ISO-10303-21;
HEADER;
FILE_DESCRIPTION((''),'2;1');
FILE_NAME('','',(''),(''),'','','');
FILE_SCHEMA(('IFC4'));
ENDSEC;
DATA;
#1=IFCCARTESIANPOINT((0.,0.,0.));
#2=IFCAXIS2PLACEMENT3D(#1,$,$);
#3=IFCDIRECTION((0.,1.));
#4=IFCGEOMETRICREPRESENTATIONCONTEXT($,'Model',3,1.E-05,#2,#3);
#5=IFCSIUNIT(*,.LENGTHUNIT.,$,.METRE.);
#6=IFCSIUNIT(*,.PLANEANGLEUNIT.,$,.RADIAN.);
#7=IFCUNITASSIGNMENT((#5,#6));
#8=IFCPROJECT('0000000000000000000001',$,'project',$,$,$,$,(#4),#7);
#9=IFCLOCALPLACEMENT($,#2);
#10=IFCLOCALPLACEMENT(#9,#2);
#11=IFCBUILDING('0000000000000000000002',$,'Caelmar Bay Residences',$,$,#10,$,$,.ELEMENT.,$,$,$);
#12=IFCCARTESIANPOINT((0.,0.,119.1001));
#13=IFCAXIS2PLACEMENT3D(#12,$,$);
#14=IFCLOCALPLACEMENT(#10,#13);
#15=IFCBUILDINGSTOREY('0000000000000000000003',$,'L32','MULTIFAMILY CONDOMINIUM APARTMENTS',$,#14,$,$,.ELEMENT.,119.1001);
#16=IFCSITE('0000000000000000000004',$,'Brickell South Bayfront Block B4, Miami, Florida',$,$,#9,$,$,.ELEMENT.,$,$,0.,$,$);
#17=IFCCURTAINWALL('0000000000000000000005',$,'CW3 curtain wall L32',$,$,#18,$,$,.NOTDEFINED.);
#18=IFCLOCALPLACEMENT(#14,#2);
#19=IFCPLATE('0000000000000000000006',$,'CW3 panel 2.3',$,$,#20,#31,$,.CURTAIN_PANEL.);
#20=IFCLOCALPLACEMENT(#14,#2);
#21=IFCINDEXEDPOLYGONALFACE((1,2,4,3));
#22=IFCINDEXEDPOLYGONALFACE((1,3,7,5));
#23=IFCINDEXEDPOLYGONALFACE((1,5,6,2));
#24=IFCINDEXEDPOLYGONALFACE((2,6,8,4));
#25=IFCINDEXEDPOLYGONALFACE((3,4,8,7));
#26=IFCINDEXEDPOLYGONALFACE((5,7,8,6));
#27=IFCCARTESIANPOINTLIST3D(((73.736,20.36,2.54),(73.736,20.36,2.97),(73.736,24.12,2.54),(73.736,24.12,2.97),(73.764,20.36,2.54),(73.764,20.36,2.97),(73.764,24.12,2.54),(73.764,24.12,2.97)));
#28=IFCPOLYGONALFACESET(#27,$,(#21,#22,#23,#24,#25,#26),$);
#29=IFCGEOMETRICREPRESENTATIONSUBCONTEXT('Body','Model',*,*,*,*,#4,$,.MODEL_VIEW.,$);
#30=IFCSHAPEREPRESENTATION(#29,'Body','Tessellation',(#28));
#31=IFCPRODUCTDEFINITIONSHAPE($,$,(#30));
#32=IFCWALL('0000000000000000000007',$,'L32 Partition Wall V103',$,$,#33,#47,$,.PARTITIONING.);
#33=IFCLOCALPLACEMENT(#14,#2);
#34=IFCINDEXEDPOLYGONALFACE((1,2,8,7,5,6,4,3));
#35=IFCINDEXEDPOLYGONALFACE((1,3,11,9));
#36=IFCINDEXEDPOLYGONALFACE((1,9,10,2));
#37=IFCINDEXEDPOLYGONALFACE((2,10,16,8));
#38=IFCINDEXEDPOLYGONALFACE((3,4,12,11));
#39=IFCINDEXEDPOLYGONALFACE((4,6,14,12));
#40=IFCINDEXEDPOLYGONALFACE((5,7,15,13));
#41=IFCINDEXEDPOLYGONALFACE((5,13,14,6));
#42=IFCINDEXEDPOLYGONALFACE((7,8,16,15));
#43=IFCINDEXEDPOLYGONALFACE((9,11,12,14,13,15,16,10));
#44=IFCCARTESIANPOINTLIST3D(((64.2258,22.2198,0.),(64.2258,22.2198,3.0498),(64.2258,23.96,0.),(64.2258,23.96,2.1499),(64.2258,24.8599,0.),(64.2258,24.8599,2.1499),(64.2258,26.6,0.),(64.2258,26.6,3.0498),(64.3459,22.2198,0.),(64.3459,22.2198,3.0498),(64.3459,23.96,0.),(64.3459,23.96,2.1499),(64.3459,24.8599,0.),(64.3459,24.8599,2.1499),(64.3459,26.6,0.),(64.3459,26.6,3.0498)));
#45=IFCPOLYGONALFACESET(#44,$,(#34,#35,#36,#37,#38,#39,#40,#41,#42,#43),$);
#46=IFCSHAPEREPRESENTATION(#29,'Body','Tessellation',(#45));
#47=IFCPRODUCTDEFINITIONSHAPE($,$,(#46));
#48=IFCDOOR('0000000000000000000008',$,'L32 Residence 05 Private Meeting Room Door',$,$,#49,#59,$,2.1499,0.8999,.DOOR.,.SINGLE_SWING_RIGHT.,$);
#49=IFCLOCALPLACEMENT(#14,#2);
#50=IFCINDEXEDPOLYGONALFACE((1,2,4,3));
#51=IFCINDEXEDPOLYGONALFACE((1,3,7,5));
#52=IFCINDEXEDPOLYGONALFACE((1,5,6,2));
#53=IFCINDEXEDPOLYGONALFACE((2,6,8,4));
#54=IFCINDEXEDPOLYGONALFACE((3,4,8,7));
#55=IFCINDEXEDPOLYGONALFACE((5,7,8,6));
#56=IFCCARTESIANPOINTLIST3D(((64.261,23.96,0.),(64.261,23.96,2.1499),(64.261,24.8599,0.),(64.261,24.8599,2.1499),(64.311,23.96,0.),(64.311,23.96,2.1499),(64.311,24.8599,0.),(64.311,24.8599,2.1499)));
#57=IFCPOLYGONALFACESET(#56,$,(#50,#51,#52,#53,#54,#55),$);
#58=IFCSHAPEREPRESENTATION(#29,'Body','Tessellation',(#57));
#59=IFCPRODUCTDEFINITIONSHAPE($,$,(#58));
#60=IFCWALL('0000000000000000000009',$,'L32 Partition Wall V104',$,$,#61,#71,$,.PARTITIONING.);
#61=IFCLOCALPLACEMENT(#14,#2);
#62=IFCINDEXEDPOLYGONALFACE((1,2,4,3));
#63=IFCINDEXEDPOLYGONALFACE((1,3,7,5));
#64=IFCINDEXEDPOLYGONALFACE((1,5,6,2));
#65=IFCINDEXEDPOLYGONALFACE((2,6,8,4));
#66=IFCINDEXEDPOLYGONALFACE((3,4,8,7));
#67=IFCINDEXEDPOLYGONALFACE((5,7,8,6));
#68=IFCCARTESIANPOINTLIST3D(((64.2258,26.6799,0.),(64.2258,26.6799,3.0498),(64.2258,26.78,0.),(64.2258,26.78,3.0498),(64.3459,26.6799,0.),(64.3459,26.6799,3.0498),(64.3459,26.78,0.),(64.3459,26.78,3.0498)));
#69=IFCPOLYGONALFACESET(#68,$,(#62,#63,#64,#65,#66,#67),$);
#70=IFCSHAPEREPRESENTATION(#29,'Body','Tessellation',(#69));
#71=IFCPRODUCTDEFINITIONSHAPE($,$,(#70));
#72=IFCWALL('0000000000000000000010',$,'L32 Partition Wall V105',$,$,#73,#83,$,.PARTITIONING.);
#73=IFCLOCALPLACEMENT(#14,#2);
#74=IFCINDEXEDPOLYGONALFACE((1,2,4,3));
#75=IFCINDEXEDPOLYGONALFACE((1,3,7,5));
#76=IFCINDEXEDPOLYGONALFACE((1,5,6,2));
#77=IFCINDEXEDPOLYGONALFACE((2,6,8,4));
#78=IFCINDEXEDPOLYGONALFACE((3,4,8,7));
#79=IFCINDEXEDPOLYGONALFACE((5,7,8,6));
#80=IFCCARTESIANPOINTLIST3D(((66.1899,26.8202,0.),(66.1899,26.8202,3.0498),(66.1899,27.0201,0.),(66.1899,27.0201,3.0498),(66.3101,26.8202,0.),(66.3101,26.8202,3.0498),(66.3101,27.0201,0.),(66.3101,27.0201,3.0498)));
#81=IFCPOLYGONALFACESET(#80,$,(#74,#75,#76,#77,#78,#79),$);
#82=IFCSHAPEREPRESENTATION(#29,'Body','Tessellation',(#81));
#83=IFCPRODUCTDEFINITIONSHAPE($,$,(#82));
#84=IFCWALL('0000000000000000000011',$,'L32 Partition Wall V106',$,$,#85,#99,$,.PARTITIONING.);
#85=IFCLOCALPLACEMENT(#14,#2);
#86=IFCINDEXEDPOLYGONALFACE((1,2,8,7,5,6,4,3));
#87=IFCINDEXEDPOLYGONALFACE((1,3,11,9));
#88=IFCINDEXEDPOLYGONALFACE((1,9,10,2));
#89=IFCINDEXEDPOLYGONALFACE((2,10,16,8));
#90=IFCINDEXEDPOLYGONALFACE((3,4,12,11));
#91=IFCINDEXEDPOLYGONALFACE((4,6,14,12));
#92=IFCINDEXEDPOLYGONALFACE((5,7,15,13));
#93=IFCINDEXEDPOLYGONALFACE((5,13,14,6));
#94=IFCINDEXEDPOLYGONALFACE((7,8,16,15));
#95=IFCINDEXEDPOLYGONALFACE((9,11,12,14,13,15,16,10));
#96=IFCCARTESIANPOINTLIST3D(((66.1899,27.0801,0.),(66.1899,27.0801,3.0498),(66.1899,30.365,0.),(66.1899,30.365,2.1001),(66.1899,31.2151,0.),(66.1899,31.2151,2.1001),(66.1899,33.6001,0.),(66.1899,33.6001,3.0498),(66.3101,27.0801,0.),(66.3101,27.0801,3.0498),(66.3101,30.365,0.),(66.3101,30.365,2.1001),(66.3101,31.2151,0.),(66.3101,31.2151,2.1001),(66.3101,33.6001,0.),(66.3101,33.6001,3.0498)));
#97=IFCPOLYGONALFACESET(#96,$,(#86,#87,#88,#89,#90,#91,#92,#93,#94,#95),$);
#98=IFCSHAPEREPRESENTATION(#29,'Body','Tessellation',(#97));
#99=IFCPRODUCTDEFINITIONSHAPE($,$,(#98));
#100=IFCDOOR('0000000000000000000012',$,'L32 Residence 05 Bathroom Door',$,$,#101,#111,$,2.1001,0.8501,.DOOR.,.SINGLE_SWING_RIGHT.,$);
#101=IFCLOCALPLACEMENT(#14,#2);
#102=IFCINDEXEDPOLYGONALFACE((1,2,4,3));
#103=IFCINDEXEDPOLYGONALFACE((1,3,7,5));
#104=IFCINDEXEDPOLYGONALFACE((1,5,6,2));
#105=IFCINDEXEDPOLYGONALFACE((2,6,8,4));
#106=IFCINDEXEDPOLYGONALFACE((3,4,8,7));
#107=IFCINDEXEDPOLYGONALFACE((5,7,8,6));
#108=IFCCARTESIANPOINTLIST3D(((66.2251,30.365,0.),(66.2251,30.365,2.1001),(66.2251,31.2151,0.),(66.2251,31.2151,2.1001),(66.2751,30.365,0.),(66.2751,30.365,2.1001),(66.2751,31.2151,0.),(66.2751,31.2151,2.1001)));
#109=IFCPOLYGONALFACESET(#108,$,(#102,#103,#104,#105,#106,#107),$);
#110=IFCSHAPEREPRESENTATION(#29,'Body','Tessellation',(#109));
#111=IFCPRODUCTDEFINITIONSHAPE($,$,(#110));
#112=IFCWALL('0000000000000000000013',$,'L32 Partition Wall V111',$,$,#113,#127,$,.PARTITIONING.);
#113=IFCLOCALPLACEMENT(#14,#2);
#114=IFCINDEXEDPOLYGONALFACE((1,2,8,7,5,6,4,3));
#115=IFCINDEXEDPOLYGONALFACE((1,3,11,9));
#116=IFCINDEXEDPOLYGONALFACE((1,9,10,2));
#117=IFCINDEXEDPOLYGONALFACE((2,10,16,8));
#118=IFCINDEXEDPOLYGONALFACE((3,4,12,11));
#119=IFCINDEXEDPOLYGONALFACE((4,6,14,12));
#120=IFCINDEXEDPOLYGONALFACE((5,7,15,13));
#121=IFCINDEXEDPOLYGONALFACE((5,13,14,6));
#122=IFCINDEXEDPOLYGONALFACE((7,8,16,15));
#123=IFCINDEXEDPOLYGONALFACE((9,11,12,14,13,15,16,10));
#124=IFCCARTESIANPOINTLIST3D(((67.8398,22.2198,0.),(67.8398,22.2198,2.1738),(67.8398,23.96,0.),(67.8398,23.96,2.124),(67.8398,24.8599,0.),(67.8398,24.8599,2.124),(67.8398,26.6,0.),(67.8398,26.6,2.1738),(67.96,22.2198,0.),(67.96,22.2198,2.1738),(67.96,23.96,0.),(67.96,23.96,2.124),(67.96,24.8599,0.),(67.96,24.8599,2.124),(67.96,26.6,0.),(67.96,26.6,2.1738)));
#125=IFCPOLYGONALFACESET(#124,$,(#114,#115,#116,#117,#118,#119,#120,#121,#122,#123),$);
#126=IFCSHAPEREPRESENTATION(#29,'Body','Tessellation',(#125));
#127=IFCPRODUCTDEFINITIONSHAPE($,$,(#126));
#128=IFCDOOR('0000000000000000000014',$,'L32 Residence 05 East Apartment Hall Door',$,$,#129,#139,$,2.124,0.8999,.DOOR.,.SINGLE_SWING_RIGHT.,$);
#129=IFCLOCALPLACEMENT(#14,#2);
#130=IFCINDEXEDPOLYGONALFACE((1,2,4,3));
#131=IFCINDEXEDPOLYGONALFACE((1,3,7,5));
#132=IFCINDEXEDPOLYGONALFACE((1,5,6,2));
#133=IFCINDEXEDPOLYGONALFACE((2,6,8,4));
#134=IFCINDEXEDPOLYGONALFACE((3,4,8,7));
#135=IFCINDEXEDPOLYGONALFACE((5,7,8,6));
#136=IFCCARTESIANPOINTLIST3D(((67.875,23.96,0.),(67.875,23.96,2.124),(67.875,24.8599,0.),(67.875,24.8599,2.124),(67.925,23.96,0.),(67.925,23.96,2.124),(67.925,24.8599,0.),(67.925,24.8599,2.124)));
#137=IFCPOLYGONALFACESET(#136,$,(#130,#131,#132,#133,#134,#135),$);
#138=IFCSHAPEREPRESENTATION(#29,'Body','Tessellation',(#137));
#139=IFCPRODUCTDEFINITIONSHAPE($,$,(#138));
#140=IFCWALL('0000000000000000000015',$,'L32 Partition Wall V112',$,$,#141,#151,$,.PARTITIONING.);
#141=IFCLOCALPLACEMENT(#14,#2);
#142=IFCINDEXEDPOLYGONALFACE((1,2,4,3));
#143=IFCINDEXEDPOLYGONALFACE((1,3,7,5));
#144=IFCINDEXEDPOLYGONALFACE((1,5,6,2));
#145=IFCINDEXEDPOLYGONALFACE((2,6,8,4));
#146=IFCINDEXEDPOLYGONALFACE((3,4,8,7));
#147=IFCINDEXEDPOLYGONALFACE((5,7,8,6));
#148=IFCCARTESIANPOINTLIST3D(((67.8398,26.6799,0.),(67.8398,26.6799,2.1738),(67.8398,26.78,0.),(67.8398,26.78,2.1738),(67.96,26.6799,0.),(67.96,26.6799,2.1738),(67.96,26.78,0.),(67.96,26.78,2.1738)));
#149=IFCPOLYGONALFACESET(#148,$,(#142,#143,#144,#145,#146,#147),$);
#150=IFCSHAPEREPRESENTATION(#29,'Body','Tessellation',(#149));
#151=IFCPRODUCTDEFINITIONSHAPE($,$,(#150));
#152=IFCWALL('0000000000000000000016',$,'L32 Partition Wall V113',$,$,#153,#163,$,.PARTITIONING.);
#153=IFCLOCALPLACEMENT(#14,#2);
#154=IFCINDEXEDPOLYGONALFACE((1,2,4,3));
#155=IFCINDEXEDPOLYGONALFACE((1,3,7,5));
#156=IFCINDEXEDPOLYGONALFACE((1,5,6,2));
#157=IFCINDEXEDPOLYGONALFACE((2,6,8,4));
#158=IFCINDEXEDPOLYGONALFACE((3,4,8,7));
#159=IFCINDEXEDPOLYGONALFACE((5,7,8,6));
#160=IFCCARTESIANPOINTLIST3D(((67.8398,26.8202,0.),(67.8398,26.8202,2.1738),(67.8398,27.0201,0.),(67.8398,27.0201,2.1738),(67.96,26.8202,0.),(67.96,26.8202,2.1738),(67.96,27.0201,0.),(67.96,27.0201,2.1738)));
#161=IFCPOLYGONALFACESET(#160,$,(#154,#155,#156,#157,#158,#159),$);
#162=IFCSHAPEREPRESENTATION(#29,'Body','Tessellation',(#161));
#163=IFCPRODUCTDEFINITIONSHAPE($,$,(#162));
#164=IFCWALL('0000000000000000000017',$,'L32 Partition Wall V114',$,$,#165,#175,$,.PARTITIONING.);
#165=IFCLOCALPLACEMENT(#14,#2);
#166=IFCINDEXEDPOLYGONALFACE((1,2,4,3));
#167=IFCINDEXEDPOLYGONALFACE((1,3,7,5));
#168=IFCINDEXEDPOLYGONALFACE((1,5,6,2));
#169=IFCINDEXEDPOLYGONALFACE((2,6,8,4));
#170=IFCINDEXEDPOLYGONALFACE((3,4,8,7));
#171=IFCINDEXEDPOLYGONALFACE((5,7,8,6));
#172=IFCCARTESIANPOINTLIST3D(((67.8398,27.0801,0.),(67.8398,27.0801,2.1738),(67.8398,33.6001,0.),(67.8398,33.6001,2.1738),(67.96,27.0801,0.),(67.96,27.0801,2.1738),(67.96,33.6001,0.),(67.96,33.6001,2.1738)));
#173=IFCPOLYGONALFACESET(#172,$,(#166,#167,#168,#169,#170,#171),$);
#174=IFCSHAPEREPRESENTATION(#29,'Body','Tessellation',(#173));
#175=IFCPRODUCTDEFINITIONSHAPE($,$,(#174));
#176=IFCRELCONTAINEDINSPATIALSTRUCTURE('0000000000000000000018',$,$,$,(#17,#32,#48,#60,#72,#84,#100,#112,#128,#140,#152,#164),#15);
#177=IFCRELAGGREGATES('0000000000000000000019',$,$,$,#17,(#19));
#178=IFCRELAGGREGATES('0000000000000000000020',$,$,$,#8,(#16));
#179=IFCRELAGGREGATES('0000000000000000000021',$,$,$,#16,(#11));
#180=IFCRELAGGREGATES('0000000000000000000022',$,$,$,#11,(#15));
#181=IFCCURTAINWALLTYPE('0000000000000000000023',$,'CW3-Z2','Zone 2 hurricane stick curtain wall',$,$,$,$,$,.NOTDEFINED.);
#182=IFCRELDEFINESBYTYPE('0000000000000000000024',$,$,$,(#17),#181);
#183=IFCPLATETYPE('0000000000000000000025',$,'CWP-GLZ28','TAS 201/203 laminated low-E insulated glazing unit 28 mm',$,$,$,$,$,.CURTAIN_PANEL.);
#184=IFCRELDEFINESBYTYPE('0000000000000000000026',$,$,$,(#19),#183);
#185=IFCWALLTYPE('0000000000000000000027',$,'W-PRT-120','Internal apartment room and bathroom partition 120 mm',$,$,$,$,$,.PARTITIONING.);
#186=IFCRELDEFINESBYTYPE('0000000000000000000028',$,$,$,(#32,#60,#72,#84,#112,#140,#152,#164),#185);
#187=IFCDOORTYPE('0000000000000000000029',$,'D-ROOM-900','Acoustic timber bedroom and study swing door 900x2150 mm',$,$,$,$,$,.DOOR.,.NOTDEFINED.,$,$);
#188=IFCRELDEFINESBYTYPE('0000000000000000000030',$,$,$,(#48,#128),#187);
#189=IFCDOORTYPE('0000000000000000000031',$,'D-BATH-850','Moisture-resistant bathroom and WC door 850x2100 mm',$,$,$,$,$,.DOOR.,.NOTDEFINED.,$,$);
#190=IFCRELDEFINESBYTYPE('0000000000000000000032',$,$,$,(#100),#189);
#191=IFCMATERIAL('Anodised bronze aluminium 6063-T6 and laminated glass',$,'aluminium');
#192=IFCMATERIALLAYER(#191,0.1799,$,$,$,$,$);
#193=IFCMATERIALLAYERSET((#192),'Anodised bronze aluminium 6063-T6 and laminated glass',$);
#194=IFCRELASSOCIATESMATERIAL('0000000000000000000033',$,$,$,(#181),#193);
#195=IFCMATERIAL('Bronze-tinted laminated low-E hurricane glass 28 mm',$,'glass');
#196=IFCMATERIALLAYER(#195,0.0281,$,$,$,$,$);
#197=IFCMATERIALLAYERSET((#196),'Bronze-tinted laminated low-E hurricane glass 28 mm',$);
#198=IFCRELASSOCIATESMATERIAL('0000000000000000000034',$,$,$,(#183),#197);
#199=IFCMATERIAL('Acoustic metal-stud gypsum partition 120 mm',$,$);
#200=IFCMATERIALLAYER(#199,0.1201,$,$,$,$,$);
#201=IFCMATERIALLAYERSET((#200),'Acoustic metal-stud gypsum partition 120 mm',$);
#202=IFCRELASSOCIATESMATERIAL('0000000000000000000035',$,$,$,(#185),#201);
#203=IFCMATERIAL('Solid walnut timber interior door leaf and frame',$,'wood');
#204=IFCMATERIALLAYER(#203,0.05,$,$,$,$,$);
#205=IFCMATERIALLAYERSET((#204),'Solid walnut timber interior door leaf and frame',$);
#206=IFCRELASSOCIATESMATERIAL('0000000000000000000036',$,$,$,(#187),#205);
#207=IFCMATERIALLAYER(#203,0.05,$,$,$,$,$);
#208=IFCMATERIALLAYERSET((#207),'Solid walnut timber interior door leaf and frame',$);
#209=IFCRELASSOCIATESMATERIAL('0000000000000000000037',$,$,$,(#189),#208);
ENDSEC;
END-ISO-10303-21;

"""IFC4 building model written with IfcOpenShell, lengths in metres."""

from ifc_helpers import new_model, si_unit, direction, frame, frame_2d, origin, origin_2d, place, context, subcontext, project, spatial, rectangle, extrude, material, layer, layer_set, type_object, element, fill, aggregate, save


model = new_model("IFC4")

# Units and contexts
model_context = context("Model", 3, precision=1e-05, world=origin(), true_north=direction((0.0, 1.0)))
body_context = subcontext(model_context, "Body", "Model", "MODEL_VIEW")
ifc_project = project(units=[si_unit("LENGTHUNIT", "METRE"), si_unit("PLANEANGLEUNIT", "RADIAN")], contexts=[model_context])

# Site, building, storey
site_placement = place(None, origin())
site = spatial("IfcSite", under=ifc_project, at=site_placement, Name="Brickell South Bayfront Block B4, Miami, Florida", CompositionType="ELEMENT", RefElevation=0.0)
building_placement = place(site_placement, origin())
building = spatial("IfcBuilding", under=site, at=building_placement, Name="Caelmar Bay Residences", CompositionType="ELEMENT")
storey_placement = place(building_placement, frame((0.0, 0.0, 119.1001)))
storey = spatial("IfcBuildingStorey", under=building, at=storey_placement, Name="L32", Description="MULTIFAMILY CONDOMINIUM APARTMENTS", CompositionType="ELEMENT", Elevation=119.1001)

# Curtain wall, plate
ifc_material_1 = material(Name="Anodised bronze aluminium 6063-T6 and laminated glass", Category="aluminium")
ifc_layer_1 = layer(ifc_material_1, 0.1799)
ifc_layer_set_1 = layer_set([ifc_layer_1], Name="Anodised bronze aluminium 6063-T6 and laminated glass")
curtain_wall_type = type_object("IfcCurtainWallType", Name="CW3-Z2", Description="Zone 2 hurricane stick curtain wall", PredefinedType="NOTDEFINED", material=ifc_layer_set_1)
curtain_wall_placement = place(storey_placement, origin())
curtain_wall = element("IfcCurtainWall", 1, at=curtain_wall_placement, inside=storey, type_object=curtain_wall_type, Name="CW3 curtain wall L32", PredefinedType="NOTDEFINED")
ifc_material_2 = material(Name="Bronze-tinted laminated low-E hurricane glass 28 mm", Category="glass")
ifc_layer_2 = layer(ifc_material_2, 0.0281)
ifc_layer_set_2 = layer_set([ifc_layer_2], Name="Bronze-tinted laminated low-E hurricane glass 28 mm")
plate_type = type_object("IfcPlateType", Name="CWP-GLZ28", Description="TAS 201/203 laminated low-E insulated glazing unit 28 mm", PredefinedType="CURTAIN_PANEL", material=ifc_layer_set_2)
plate_1_placement = place(storey_placement, frame((73.75, 22.24, 2.54), z_axis=(0.0, 0.0, 1.0), x_axis=(0.0, -1.0, 0.0)))
plate_1 = element("IfcPlate", 2, at=plate_1_placement, type_object=plate_type, Name="CW3 panel 2.3", PredefinedType="CURTAIN_PANEL", context=body_context, shape_type="SweptSolid", body=[
    extrude(rectangle(XDim=3.76, YDim=0.0281, at=origin_2d()), origin(), (0.0, 0.0, 1.0), 0.4299),
])
aggregate(curtain_wall, [plate_1])

# Wall, opening, door
ifc_material_3 = material(Name="Acoustic metal-stud gypsum partition 120 mm")
ifc_layer_3 = layer(ifc_material_3, 0.1201)
ifc_layer_set_3 = layer_set([ifc_layer_3], Name="Acoustic metal-stud gypsum partition 120 mm")
wall_type = type_object("IfcWallType", Name="W-PRT-120", Description="Internal apartment room and bathroom partition 120 mm", PredefinedType="PARTITIONING", material=ifc_layer_set_3)
wall_1_placement = place(storey_placement, frame((64.2859, 22.22, 0.0), z_axis=(0.0, 0.0, 1.0), x_axis=(0.0, 1.0, 0.0)))
wall_1 = element("IfcWall", 3, at=wall_1_placement, inside=storey, type_object=wall_type, Name="L32 Partition Wall V103", PredefinedType="PARTITIONING", context=body_context, shape_type="SweptSolid", body=[
    extrude(rectangle(XDim=4.3801, YDim=0.1201, at=frame_2d((2.1899, 0.0))), origin(), (0.0, 0.0, 1.0), 3.0498),
])
opening_1_placement = place(wall_1_placement, frame((1.74, 0.0, 0.0)))
opening_1 = element("IfcOpeningElement", 4, at=opening_1_placement, cuts=wall_1, PredefinedType="OPENING", context=body_context, shape_type="SweptSolid", body=[
    extrude(rectangle(XDim=0.8999, YDim=2.1499, at=frame_2d((0.45, 1.075))), frame((0.0, 0.0701, 0.0), z_axis=(0.0, -1.0, 0.0), x_axis=(1.0, 0.0, 0.0)), (0.0, 0.0, 1.0), 0.1401),
])
ifc_material_4 = material(Name="Solid walnut timber interior door leaf and frame", Category="wood")
ifc_layer_4 = layer(ifc_material_4, 0.05)
ifc_layer_set_4 = layer_set([ifc_layer_4], Name="Solid walnut timber interior door leaf and frame")
door_type_1 = type_object("IfcDoorType", Name="D-ROOM-900", Description="Acoustic timber bedroom and study swing door 900x2150 mm", OperationType="NOTDEFINED", PredefinedType="DOOR", material=ifc_layer_set_4)
door_1_placement = place(opening_1_placement, origin())
door_1 = element("IfcDoor", 5, at=door_1_placement, inside=storey, type_object=door_type_1, Name="L32 Residence 05 Private Meeting Room Door", OperationType="SINGLE_SWING_RIGHT", OverallHeight=2.1499, OverallWidth=0.8999, PredefinedType="DOOR", context=body_context, shape_type="SweptSolid", body=[
    extrude(rectangle(XDim=0.8999, YDim=2.1499, at=frame_2d((0.45, 1.075))), frame((0.0, 0.0249, 0.0), z_axis=(0.0, -1.0, 0.0), x_axis=(1.0, 0.0, 0.0)), (0.0, 0.0, 1.0), 0.05),
])
fill(opening_1, door_1)

# Walls
wall_2_placement = place(storey_placement, frame((64.2859, 26.6799, 0.0), z_axis=(0.0, 0.0, 1.0), x_axis=(0.0, 1.0, 0.0)))
element("IfcWall", 6, at=wall_2_placement, inside=storey, type_object=wall_type, Name="L32 Partition Wall V104", PredefinedType="PARTITIONING", context=body_context, shape_type="SweptSolid", body=[
    extrude(rectangle(XDim=0.1001, YDim=0.1201, at=frame_2d((0.05, 0.0))), origin(), (0.0, 0.0, 1.0), 3.0498),
])
wall_3_placement = place(storey_placement, frame((66.25, 26.8201, 0.0), z_axis=(0.0, 0.0, 1.0), x_axis=(0.0, 1.0, 0.0)))
element("IfcWall", 7, at=wall_3_placement, inside=storey, type_object=wall_type, Name="L32 Partition Wall V105", PredefinedType="PARTITIONING", context=body_context, shape_type="SweptSolid", body=[
    extrude(rectangle(XDim=0.2, YDim=0.1201, at=frame_2d((0.1001, 0.0))), origin(), (0.0, 0.0, 1.0), 3.0498),
])

# Walls, openings, doors
wall_4_placement = place(storey_placement, frame((66.25, 27.0801, 0.0), z_axis=(0.0, 0.0, 1.0), x_axis=(0.0, 1.0, 0.0)))
wall_4 = element("IfcWall", 8, at=wall_4_placement, inside=storey, type_object=wall_type, Name="L32 Partition Wall V106", PredefinedType="PARTITIONING", context=body_context, shape_type="SweptSolid", body=[
    extrude(rectangle(XDim=6.52, YDim=0.1201, at=frame_2d((3.26, 0.0))), origin(), (0.0, 0.0, 1.0), 3.0498),
])
opening_2_placement = place(wall_4_placement, frame((3.2849, 0.0, 0.0)))
opening_2 = element("IfcOpeningElement", 9, at=opening_2_placement, cuts=wall_4, PredefinedType="OPENING", context=body_context, shape_type="SweptSolid", body=[
    extrude(rectangle(XDim=0.8501, YDim=2.1001, at=frame_2d((0.425, 1.05))), frame((0.0, 0.0701, 0.0), z_axis=(0.0, -1.0, 0.0), x_axis=(1.0, 0.0, 0.0)), (0.0, 0.0, 1.0), 0.1401),
])
ifc_layer_5 = layer(ifc_material_4, 0.05)
ifc_layer_set_5 = layer_set([ifc_layer_5], Name="Solid walnut timber interior door leaf and frame")
door_type_2 = type_object("IfcDoorType", Name="D-BATH-850", Description="Moisture-resistant bathroom and WC door 850x2100 mm", OperationType="NOTDEFINED", PredefinedType="DOOR", material=ifc_layer_set_5)
door_2_placement = place(opening_2_placement, origin())
door_2 = element("IfcDoor", 10, at=door_2_placement, inside=storey, type_object=door_type_2, Name="L32 Residence 05 Bathroom Door", OperationType="SINGLE_SWING_RIGHT", OverallHeight=2.1001, OverallWidth=0.8501, PredefinedType="DOOR", context=body_context, shape_type="SweptSolid", body=[
    extrude(rectangle(XDim=0.8501, YDim=2.1001, at=frame_2d((0.425, 1.05))), frame((0.0, 0.0249, 0.0), z_axis=(0.0, -1.0, 0.0), x_axis=(1.0, 0.0, 0.0)), (0.0, 0.0, 1.0), 0.05),
])
fill(opening_2, door_2)
wall_5_placement = place(storey_placement, frame((67.8999, 22.22, 0.0), z_axis=(0.0, 0.0, 1.0), x_axis=(0.0, 1.0, 0.0)))
wall_5 = element("IfcWall", 11, at=wall_5_placement, inside=storey, type_object=wall_type, Name="L32 Partition Wall V111", PredefinedType="PARTITIONING", context=body_context, shape_type="SweptSolid", body=[
    extrude(rectangle(XDim=4.3801, YDim=0.1201, at=frame_2d((2.1899, 0.0))), origin(), (0.0, 0.0, 1.0), 2.1738),
])
opening_3_placement = place(wall_5_placement, frame((1.74, 0.0, 0.0)))
opening_3 = element("IfcOpeningElement", 12, at=opening_3_placement, cuts=wall_5, PredefinedType="OPENING", context=body_context, shape_type="SweptSolid", body=[
    extrude(rectangle(XDim=0.8999, YDim=2.124, at=frame_2d((0.45, 1.062))), frame((0.0, 0.0701, 0.0), z_axis=(0.0, -1.0, 0.0), x_axis=(1.0, 0.0, 0.0)), (0.0, 0.0, 1.0), 0.1401),
])
door_3_placement = place(opening_3_placement, origin())
door_3 = element("IfcDoor", 13, at=door_3_placement, inside=storey, type_object=door_type_1, Name="L32 Residence 05 East Apartment Hall Door", OperationType="SINGLE_SWING_RIGHT", OverallHeight=2.124, OverallWidth=0.8999, PredefinedType="DOOR", context=body_context, shape_type="SweptSolid", body=[
    extrude(rectangle(XDim=0.8999, YDim=2.124, at=frame_2d((0.45, 1.062))), frame((0.0, 0.0249, 0.0), z_axis=(0.0, -1.0, 0.0), x_axis=(1.0, 0.0, 0.0)), (0.0, 0.0, 1.0), 0.05),
])
fill(opening_3, door_3)

# Walls
wall_6_placement = place(storey_placement, frame((67.8999, 26.6799, 0.0), z_axis=(0.0, 0.0, 1.0), x_axis=(0.0, 1.0, 0.0)))
element("IfcWall", 14, at=wall_6_placement, inside=storey, type_object=wall_type, Name="L32 Partition Wall V112", PredefinedType="PARTITIONING", context=body_context, shape_type="SweptSolid", body=[
    extrude(rectangle(XDim=0.1001, YDim=0.1201, at=frame_2d((0.05, 0.0))), origin(), (0.0, 0.0, 1.0), 2.1738),
])
wall_7_placement = place(storey_placement, frame((67.8999, 26.8201, 0.0), z_axis=(0.0, 0.0, 1.0), x_axis=(0.0, 1.0, 0.0)))
element("IfcWall", 15, at=wall_7_placement, inside=storey, type_object=wall_type, Name="L32 Partition Wall V113", PredefinedType="PARTITIONING", context=body_context, shape_type="SweptSolid", body=[
    extrude(rectangle(XDim=0.2, YDim=0.1201, at=frame_2d((0.1001, 0.0))), origin(), (0.0, 0.0, 1.0), 2.1738),
])
wall_8_placement = place(storey_placement, frame((67.8999, 27.0801, 0.0), z_axis=(0.0, 0.0, 1.0), x_axis=(0.0, 1.0, 0.0)))
element("IfcWall", 16, at=wall_8_placement, inside=storey, type_object=wall_type, Name="L32 Partition Wall V114", PredefinedType="PARTITIONING", context=body_context, shape_type="SweptSolid", body=[
    extrude(rectangle(XDim=6.52, YDim=0.1201, at=frame_2d((3.26, 0.0))), origin(), (0.0, 0.0, 1.0), 2.1738),
])

save(model, "model.ifc")
